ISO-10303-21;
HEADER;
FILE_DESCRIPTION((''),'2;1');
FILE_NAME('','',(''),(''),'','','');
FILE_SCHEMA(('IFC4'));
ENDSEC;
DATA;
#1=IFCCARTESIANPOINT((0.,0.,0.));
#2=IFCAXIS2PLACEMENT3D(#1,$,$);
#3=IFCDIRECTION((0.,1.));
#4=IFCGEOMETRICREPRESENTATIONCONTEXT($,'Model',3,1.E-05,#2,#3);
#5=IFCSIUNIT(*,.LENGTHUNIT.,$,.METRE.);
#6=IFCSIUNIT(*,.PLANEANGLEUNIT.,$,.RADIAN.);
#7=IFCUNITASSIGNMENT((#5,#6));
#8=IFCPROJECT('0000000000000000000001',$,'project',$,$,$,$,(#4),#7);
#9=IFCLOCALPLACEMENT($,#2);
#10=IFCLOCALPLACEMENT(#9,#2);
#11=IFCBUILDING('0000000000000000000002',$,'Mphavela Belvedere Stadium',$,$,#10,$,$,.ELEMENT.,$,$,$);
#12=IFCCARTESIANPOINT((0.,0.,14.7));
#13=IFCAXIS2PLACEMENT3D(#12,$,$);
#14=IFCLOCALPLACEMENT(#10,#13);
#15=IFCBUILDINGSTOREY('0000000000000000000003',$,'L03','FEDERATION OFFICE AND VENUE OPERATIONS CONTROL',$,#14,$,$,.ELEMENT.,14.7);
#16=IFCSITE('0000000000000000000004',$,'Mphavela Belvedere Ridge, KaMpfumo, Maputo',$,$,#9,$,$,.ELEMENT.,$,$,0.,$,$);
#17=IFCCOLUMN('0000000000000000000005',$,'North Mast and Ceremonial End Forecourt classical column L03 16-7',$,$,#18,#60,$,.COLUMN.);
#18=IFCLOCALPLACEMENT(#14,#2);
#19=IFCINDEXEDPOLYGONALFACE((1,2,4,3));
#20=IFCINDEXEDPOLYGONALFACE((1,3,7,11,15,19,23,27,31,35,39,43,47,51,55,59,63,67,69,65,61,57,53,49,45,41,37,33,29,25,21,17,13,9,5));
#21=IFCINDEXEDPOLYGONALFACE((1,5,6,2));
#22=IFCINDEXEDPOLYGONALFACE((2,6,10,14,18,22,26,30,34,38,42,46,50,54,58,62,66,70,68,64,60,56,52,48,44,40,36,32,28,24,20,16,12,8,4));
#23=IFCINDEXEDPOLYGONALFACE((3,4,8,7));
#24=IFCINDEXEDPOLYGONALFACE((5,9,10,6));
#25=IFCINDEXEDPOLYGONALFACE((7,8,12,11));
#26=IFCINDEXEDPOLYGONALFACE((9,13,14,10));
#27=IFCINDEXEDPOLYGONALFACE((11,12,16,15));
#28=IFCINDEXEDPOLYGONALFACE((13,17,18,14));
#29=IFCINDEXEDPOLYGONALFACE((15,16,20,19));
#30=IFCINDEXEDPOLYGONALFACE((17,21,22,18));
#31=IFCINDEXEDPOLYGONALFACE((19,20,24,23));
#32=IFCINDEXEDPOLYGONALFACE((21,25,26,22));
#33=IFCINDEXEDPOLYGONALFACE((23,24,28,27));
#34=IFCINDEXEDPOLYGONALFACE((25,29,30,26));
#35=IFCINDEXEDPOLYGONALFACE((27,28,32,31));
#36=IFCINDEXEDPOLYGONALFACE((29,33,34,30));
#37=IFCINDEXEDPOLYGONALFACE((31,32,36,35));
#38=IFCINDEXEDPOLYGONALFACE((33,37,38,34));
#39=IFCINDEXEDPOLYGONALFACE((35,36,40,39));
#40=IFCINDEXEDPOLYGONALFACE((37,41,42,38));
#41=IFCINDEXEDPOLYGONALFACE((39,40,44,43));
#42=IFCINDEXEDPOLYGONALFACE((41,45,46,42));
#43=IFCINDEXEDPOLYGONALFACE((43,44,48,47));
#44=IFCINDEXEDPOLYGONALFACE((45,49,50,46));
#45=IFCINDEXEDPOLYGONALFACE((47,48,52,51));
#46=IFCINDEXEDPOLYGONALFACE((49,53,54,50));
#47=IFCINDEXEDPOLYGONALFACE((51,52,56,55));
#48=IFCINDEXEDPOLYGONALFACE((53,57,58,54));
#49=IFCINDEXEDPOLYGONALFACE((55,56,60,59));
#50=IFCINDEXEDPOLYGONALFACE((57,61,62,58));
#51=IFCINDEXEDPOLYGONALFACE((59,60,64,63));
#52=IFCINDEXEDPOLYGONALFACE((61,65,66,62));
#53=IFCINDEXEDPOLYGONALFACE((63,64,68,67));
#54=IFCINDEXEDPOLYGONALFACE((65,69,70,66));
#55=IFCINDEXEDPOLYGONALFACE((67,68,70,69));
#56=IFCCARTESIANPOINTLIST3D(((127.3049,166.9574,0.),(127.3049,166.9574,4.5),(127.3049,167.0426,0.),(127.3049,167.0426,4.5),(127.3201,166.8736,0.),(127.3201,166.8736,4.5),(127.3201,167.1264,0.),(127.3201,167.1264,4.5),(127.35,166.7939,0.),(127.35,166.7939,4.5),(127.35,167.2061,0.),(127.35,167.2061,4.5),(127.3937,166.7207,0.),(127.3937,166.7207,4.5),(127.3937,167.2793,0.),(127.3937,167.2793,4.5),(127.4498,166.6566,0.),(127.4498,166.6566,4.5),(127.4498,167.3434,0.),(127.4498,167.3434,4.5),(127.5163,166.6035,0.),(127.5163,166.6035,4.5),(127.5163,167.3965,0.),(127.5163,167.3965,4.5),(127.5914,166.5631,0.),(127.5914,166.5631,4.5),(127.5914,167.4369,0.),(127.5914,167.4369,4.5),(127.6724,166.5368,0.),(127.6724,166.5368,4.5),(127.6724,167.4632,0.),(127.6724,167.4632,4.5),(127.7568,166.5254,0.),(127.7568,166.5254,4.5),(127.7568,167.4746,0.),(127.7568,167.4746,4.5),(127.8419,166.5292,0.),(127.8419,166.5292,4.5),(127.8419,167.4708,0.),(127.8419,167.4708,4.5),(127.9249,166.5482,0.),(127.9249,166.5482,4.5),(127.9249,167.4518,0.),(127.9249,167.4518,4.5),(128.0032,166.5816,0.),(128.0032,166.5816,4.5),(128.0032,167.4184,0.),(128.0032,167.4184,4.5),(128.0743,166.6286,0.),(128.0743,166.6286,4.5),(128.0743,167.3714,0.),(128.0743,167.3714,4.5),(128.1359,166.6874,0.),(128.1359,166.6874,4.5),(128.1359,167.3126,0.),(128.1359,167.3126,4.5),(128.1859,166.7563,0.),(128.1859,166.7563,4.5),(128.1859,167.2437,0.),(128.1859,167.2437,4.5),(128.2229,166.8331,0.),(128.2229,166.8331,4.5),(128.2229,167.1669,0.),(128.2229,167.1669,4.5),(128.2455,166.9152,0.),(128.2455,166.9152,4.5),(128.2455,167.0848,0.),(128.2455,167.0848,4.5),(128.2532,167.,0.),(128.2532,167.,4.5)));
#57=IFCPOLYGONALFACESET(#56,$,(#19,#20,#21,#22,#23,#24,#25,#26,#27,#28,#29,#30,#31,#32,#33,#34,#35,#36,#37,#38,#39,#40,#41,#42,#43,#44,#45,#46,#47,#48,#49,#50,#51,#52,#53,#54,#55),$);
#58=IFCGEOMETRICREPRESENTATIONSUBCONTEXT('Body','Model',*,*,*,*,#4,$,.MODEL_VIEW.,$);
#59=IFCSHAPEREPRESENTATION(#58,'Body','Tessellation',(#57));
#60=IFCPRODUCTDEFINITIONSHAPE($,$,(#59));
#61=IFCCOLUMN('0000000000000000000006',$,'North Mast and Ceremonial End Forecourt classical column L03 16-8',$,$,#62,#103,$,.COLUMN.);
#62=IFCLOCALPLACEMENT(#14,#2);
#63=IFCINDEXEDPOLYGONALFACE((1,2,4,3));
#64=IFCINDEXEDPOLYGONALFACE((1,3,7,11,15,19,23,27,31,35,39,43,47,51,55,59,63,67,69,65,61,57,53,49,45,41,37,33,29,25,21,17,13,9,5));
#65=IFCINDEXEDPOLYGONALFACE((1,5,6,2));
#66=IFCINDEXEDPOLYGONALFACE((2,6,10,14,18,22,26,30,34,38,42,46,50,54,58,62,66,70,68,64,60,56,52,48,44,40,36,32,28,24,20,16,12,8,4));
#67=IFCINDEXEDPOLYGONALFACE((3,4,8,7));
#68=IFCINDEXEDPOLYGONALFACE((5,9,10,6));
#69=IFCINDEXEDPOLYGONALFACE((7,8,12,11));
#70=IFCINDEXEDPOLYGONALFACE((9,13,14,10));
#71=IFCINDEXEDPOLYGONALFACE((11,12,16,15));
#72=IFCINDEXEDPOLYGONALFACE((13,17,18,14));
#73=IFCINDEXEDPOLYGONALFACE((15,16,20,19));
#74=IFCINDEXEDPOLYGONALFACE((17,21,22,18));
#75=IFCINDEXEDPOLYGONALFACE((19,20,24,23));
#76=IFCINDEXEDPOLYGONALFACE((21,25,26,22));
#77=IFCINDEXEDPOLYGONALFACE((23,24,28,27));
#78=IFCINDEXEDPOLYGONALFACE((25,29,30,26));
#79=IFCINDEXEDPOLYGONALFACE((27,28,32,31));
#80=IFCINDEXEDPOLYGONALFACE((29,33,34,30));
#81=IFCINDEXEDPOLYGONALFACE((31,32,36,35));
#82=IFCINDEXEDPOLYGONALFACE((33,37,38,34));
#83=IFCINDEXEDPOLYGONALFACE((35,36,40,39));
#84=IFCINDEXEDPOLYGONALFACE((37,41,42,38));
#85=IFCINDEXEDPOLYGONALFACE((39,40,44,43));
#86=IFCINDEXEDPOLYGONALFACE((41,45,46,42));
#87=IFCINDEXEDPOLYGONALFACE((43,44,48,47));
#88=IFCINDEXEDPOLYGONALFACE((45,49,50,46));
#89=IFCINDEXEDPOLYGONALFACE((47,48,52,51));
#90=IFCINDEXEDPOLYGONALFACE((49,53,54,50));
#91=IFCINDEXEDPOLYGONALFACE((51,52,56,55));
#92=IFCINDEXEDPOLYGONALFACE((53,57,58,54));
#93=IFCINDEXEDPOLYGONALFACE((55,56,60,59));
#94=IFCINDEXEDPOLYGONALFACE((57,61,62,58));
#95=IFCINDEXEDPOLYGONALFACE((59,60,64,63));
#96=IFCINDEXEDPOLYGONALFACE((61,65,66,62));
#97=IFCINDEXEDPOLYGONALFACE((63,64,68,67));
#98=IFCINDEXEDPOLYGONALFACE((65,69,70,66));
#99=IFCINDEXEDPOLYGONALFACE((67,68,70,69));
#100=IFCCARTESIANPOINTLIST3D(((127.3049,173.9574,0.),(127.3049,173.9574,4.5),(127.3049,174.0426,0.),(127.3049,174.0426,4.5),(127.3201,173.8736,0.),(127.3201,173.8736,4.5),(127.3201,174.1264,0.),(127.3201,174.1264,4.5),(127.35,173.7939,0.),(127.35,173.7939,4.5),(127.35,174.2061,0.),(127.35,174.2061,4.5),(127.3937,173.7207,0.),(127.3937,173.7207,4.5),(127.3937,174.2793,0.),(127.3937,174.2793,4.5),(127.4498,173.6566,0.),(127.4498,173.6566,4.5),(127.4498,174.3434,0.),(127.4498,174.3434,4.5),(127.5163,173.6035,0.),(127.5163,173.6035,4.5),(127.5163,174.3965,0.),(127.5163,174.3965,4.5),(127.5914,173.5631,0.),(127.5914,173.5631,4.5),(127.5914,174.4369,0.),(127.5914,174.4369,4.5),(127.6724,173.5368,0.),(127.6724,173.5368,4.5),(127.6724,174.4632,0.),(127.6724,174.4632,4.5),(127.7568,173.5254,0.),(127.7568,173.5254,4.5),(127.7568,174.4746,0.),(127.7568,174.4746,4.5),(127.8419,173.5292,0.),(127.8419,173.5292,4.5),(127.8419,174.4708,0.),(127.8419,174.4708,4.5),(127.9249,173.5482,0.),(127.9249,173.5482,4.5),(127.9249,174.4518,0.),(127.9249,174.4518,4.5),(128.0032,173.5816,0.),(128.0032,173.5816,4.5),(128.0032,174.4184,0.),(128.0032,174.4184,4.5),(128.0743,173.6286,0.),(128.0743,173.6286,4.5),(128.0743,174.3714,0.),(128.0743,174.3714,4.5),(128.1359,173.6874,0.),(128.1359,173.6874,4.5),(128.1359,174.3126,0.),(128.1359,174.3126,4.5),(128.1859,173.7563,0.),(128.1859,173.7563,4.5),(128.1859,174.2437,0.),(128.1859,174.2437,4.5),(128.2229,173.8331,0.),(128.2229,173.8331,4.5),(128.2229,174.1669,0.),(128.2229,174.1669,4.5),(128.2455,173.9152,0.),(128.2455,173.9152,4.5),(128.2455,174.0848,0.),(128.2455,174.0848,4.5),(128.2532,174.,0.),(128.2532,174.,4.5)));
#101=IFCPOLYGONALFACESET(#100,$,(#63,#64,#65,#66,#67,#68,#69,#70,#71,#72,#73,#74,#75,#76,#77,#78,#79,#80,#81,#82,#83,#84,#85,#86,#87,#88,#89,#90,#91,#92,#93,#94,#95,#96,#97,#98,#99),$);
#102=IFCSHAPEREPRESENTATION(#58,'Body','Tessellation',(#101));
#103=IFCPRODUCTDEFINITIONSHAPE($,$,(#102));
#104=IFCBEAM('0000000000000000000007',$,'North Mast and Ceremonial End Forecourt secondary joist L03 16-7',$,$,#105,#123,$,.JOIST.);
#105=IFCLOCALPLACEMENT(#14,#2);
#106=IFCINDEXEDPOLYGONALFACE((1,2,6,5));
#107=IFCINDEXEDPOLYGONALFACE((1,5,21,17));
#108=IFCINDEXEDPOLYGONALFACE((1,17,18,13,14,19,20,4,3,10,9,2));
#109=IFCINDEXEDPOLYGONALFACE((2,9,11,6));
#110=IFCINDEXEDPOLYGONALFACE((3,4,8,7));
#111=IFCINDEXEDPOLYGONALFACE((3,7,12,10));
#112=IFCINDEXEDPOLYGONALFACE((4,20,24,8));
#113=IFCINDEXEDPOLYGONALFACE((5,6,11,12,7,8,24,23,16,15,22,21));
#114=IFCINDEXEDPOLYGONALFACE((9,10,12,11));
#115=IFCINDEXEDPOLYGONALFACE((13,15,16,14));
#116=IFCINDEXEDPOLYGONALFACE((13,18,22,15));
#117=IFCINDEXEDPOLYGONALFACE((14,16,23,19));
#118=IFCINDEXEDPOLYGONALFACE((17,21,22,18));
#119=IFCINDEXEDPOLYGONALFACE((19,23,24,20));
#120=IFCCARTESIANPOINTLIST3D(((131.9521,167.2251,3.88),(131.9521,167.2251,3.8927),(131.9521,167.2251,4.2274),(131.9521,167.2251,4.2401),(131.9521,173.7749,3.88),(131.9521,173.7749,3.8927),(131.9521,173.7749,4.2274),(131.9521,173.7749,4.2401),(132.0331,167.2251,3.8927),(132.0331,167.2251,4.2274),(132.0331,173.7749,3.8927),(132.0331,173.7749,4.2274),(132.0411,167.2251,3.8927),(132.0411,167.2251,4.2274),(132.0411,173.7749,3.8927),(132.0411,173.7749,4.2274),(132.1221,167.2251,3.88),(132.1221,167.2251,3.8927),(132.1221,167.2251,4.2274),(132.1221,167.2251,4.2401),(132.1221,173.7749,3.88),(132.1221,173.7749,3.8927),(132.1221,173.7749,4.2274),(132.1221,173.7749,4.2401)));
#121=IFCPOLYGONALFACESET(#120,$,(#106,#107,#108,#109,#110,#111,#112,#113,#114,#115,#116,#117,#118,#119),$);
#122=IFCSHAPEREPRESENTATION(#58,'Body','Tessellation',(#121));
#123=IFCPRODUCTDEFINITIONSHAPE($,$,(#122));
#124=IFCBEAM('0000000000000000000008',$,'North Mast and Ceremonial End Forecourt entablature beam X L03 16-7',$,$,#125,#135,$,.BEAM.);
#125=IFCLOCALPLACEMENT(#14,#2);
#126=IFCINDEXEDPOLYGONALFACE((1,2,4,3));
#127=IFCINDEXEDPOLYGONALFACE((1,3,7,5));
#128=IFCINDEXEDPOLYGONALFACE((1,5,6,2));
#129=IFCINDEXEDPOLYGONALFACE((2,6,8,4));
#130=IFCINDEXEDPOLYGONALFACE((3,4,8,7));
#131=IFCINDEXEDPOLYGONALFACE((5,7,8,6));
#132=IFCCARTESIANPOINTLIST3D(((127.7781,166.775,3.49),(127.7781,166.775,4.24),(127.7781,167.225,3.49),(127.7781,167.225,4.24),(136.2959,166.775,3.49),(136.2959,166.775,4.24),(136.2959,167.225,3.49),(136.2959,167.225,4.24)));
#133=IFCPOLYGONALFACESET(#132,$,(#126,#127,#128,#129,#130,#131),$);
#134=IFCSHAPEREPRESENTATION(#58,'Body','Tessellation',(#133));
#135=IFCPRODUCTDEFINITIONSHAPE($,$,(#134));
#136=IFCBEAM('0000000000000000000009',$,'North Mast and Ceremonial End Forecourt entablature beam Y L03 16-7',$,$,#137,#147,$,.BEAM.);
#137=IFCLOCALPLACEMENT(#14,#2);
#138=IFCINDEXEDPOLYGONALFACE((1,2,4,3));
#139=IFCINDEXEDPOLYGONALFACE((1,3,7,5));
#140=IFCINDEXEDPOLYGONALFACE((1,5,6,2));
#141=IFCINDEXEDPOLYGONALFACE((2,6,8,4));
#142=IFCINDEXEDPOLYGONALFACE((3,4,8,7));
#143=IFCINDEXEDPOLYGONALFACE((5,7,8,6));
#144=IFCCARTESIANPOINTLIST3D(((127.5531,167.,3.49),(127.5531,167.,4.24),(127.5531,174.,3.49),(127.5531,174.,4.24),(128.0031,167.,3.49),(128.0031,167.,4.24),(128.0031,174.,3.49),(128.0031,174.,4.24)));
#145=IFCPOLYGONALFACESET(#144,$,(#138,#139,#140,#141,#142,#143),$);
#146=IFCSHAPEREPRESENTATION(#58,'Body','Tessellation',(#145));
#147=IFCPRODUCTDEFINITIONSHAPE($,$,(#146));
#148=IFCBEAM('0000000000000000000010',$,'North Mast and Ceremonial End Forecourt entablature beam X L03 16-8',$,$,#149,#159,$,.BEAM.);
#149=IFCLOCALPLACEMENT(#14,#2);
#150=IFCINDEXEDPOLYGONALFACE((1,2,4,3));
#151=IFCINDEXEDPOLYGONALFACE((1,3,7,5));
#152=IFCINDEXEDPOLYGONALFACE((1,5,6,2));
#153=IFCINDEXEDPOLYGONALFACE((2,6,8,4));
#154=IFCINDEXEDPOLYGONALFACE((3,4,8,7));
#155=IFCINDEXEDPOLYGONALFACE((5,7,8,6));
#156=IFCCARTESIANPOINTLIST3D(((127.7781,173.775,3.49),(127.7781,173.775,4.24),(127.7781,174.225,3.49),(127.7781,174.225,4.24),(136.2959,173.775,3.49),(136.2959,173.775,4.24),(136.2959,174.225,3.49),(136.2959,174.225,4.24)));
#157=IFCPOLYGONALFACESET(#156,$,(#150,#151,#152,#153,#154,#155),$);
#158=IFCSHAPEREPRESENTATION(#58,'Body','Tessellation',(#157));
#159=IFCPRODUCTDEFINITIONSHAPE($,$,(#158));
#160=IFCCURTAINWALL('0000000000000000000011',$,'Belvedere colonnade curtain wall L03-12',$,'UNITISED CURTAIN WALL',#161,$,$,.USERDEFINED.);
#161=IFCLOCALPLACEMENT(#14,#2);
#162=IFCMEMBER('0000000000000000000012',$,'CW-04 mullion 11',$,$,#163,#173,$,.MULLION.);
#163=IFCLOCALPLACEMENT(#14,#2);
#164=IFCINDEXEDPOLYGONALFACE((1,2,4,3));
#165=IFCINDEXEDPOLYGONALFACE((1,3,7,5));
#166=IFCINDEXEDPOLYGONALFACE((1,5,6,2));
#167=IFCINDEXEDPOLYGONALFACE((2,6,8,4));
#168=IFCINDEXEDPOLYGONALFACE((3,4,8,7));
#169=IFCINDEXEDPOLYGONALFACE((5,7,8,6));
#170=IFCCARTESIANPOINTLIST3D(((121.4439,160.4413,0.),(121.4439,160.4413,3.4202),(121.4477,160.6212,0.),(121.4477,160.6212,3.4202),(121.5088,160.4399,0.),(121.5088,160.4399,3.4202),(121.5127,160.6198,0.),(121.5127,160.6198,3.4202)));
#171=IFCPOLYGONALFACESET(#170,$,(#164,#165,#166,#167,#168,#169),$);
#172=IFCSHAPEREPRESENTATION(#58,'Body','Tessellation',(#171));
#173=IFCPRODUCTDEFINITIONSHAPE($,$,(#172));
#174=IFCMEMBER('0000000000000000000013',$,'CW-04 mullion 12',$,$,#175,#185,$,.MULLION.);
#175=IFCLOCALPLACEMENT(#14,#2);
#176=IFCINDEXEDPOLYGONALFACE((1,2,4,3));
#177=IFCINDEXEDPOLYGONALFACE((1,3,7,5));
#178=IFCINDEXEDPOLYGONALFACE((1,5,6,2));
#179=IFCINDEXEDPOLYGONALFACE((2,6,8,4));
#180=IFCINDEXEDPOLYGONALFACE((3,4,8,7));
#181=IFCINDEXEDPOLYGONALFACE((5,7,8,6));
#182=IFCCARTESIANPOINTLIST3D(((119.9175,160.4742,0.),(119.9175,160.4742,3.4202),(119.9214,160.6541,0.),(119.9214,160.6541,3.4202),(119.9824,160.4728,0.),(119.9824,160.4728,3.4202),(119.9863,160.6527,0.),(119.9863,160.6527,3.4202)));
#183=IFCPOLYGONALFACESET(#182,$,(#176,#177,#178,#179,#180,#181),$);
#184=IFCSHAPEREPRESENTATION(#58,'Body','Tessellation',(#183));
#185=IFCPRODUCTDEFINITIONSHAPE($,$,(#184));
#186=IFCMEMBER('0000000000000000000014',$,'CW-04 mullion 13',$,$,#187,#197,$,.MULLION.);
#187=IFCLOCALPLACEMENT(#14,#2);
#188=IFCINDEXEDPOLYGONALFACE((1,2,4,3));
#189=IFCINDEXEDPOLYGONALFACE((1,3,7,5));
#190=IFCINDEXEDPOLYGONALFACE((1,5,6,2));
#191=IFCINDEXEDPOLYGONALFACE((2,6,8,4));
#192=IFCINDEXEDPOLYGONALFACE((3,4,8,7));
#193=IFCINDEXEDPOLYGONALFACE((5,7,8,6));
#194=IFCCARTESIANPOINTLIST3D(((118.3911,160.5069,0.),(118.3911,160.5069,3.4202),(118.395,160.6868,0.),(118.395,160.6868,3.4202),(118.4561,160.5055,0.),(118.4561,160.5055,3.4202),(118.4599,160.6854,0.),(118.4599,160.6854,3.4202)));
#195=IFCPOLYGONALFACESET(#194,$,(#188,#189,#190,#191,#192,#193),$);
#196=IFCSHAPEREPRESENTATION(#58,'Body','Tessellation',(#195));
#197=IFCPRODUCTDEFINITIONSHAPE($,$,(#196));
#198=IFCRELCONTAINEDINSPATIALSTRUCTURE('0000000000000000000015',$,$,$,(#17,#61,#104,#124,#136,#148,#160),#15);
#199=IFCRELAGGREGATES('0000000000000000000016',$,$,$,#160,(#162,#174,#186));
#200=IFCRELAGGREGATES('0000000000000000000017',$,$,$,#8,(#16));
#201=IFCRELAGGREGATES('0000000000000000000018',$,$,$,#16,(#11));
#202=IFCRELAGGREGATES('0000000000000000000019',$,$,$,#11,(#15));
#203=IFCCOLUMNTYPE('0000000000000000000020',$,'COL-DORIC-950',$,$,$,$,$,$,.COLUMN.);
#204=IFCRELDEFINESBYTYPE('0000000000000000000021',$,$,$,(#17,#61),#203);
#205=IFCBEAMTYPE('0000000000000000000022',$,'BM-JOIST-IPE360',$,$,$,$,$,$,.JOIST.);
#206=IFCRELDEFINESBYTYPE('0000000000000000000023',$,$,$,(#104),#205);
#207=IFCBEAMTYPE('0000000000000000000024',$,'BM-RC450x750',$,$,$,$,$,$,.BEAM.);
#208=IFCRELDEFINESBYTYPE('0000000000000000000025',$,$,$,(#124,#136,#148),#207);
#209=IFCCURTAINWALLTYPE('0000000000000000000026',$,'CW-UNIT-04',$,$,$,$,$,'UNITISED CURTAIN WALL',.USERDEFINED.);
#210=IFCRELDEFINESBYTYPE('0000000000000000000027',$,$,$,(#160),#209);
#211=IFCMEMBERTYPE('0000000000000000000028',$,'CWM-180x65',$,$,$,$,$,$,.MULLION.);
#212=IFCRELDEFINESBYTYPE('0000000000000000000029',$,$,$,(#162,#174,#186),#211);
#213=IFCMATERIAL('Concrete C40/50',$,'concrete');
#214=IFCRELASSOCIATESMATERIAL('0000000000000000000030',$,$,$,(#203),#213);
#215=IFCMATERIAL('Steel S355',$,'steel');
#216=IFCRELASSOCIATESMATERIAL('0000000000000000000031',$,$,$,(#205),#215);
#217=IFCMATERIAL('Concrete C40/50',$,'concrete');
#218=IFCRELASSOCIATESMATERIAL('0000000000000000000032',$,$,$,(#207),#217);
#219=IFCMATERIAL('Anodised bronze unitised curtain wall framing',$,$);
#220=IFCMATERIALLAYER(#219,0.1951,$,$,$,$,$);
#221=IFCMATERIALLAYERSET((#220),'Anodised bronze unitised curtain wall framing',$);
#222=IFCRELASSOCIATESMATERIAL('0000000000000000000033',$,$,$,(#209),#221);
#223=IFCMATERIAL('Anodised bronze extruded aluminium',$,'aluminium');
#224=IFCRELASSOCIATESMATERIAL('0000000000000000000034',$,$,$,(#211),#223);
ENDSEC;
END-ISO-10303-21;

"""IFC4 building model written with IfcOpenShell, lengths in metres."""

from ifc_helpers import new_model, si_unit, direction, frame, origin, origin_2d, place, context, subcontext, project, spatial, rectangle, circle, i_section, extrude, material, layer, layer_set, material_profile, profile_set, type_object, element, aggregate, save


model = new_model("IFC4")

# Units and contexts
model_context = context("Model", 3, precision=1e-05, world=origin(), true_north=direction((0.0, 1.0)))
body_context = subcontext(model_context, "Body", "Model", "MODEL_VIEW")
ifc_project = project(units=[si_unit("LENGTHUNIT", "METRE"), si_unit("PLANEANGLEUNIT", "RADIAN")], contexts=[model_context])

# Site, building, storey
site_placement = place(None, origin())
site = spatial("IfcSite", under=ifc_project, at=site_placement, Name="Mphavela Belvedere Ridge, KaMpfumo, Maputo", CompositionType="ELEMENT", RefElevation=0.0)
building_placement = place(site_placement, origin())
building = spatial("IfcBuilding", under=site, at=building_placement, Name="Mphavela Belvedere Stadium", CompositionType="ELEMENT")
storey_placement = place(building_placement, frame((0.0, 0.0, 14.7)))
storey = spatial("IfcBuildingStorey", under=building, at=storey_placement, Name="L03", Description="FEDERATION OFFICE AND VENUE OPERATIONS CONTROL", CompositionType="ELEMENT", Elevation=14.7)

# Columns
ifc_material_1 = material(Name="Concrete C40/50", Category="concrete")
ifc_material_profile_1 = material_profile(ifc_material_1, circle(Radius=0.4751, at=origin_2d()), Name="COL D950")
ifc_profile_set_1 = profile_set([ifc_material_profile_1], Name="Concrete C40/50")
column_type = type_object("IfcColumnType", Name="COL-DORIC-950", PredefinedType="COLUMN", material=ifc_profile_set_1)
for number, where, z_axis, x_axis, name in (
    (1, (127.7781, 167.0, 0.0), (0.0, 0.0, 1.0), (1.0, 0.0, 0.0), "North Mast and Ceremonial End Forecourt classical column L03 16-7"),
    (2, (127.7781, 174.0, 0.0), (0.0, 0.0, 1.0), (1.0, 0.0, 0.0), "North Mast and Ceremonial End Forecourt classical column L03 16-8"),
):
    element("IfcColumn", number, at=place(storey_placement, frame(where, z_axis=z_axis, x_axis=x_axis)), inside=storey, type_object=column_type, Name=name, PredefinedType="COLUMN", context=body_context, shape_type="SweptSolid", body=[
        extrude(circle(Radius=0.4751, at=origin_2d()), origin(), (0.0, 0.0, 1.0), 4.5),
    ])

# Beams
ifc_material_2 = material(Name="Steel S355", Category="steel")
ifc_material_profile_2 = material_profile(ifc_material_2, i_section(OverallWidth=0.1699, OverallDepth=0.3601, WebThickness=0.0081, FlangeThickness=0.0127, at=origin_2d()), Name="IPE 360")
ifc_profile_set_2 = profile_set([ifc_material_profile_2], Name="Steel S355")
beam_type_1 = type_object("IfcBeamType", Name="BM-JOIST-IPE360", PredefinedType="JOIST", material=ifc_profile_set_2)
beam_1_placement = place(storey_placement, frame((132.0371, 167.2251, 4.0601), z_axis=(0.0, 1.0, 0.0), x_axis=(-1.0, 0.0, 0.0)))
element("IfcBeam", 3, at=beam_1_placement, inside=storey, type_object=beam_type_1, Name="North Mast and Ceremonial End Forecourt secondary joist L03 16-7", PredefinedType="JOIST", context=body_context, shape_type="SweptSolid", body=[
    extrude(i_section(OverallWidth=0.1699, OverallDepth=0.3601, WebThickness=0.0081, FlangeThickness=0.0127, at=origin_2d()), origin(), (0.0, 0.0, 1.0), 6.5498),
])
ifc_material_3 = material(Name="Concrete C40/50", Category="concrete")
ifc_material_profile_3 = material_profile(ifc_material_3, rectangle(XDim=0.45, YDim=0.75, at=origin_2d()), Name="RC 450x750")
ifc_profile_set_3 = profile_set([ifc_material_profile_3], Name="Concrete C40/50")
beam_type_2 = type_object("IfcBeamType", Name="BM-RC450x750", PredefinedType="BEAM", material=ifc_profile_set_3)
beam_2_placement = place(storey_placement, frame((127.7781, 167.0, 3.865), z_axis=(1.0, 0.0, 0.0), x_axis=(0.0, 1.0, 0.0)))
element("IfcBeam", 4, at=beam_2_placement, inside=storey, type_object=beam_type_2, Name="North Mast and Ceremonial End Forecourt entablature beam X L03 16-7", PredefinedType="BEAM", context=body_context, shape_type="SweptSolid", body=[
    extrude(rectangle(XDim=0.45, YDim=0.75, at=origin_2d()), origin(), (0.0, 0.0, 1.0), 8.5178),
])
beam_3_placement = place(storey_placement, frame((127.7781, 167.0, 3.865), z_axis=(0.0, 1.0, 0.0), x_axis=(-1.0, 0.0, 0.0)))
element("IfcBeam", 5, at=beam_3_placement, inside=storey, type_object=beam_type_2, Name="North Mast and Ceremonial End Forecourt entablature beam Y L03 16-7", PredefinedType="BEAM", context=body_context, shape_type="SweptSolid", body=[
    extrude(rectangle(XDim=0.45, YDim=0.75, at=origin_2d()), origin(), (0.0, 0.0, 1.0), 7.0),
])
beam_4_placement = place(storey_placement, frame((127.7781, 174.0, 3.865), z_axis=(1.0, 0.0, 0.0), x_axis=(0.0, 1.0, 0.0)))
element("IfcBeam", 6, at=beam_4_placement, inside=storey, type_object=beam_type_2, Name="North Mast and Ceremonial End Forecourt entablature beam X L03 16-8", PredefinedType="BEAM", context=body_context, shape_type="SweptSolid", body=[
    extrude(rectangle(XDim=0.45, YDim=0.75, at=origin_2d()), origin(), (0.0, 0.0, 1.0), 8.5178),
])

# Curtain wall, members
ifc_material_4 = material(Name="Anodised bronze unitised curtain wall framing")
ifc_layer_1 = layer(ifc_material_4, 0.1951)
ifc_layer_set_1 = layer_set([ifc_layer_1], Name="Anodised bronze unitised curtain wall framing")
curtain_wall_type = type_object("IfcCurtainWallType", Name="CW-UNIT-04", ElementType="UNITISED CURTAIN WALL", PredefinedType="USERDEFINED", material=ifc_layer_set_1)
curtain_wall_placement = place(storey_placement, origin())
curtain_wall = element("IfcCurtainWall", 7, at=curtain_wall_placement, inside=storey, type_object=curtain_wall_type, Name="Belvedere colonnade curtain wall L03-12", ObjectType="UNITISED CURTAIN WALL", PredefinedType="USERDEFINED")
ifc_material_5 = material(Name="Anodised bronze extruded aluminium", Category="aluminium")
ifc_material_profile_4 = material_profile(ifc_material_5, rectangle(XDim=0.1799, YDim=0.0649, at=origin_2d()), Name="CW-MUL 180x65")
ifc_profile_set_4 = profile_set([ifc_material_profile_4], Name="Anodised bronze extruded aluminium")
member_type_1 = type_object("IfcMemberType", Name="CWM-180x65", PredefinedType="MULLION", material=ifc_profile_set_4)
member_1_placement = place(storey_placement, frame((121.4783, 160.5305, 0.0), z_axis=(0.0, 0.0, 1.0), x_axis=(-0.021531, -0.999768, 0.0)))
member_1 = element("IfcMember", 8, at=member_1_placement, type_object=member_type_1, Name="CW-04 mullion 11", PredefinedType="MULLION", context=body_context, shape_type="SweptSolid", body=[
    extrude(rectangle(XDim=0.1799, YDim=0.0649, at=origin_2d()), origin(), (0.0, 0.0, 1.0), 3.4202),
])
member_2_placement = place(storey_placement, frame((119.9519, 160.5635, 0.0), z_axis=(0.0, 0.0, 1.0), x_axis=(-0.021531, -0.999768, 0.0)))
member_2 = element("IfcMember", 9, at=member_2_placement, type_object=member_type_1, Name="CW-04 mullion 12", PredefinedType="MULLION", context=body_context, shape_type="SweptSolid", body=[
    extrude(rectangle(XDim=0.1799, YDim=0.0649, at=origin_2d()), origin(), (0.0, 0.0, 1.0), 3.4202),
])
member_3_placement = place(storey_placement, frame((118.4255, 160.5962, 0.0), z_axis=(0.0, 0.0, 1.0), x_axis=(-0.021531, -0.999768, 0.0)))
member_3 = element("IfcMember", 10, at=member_3_placement, type_object=member_type_1, Name="CW-04 mullion 13", PredefinedType="MULLION", context=body_context, shape_type="SweptSolid", body=[
    extrude(rectangle(XDim=0.1799, YDim=0.0649, at=origin_2d()), origin(), (0.0, 0.0, 1.0), 3.4202),
])
aggregate(curtain_wall, [member_1, member_2, member_3])

save(model, "model.ifc")
